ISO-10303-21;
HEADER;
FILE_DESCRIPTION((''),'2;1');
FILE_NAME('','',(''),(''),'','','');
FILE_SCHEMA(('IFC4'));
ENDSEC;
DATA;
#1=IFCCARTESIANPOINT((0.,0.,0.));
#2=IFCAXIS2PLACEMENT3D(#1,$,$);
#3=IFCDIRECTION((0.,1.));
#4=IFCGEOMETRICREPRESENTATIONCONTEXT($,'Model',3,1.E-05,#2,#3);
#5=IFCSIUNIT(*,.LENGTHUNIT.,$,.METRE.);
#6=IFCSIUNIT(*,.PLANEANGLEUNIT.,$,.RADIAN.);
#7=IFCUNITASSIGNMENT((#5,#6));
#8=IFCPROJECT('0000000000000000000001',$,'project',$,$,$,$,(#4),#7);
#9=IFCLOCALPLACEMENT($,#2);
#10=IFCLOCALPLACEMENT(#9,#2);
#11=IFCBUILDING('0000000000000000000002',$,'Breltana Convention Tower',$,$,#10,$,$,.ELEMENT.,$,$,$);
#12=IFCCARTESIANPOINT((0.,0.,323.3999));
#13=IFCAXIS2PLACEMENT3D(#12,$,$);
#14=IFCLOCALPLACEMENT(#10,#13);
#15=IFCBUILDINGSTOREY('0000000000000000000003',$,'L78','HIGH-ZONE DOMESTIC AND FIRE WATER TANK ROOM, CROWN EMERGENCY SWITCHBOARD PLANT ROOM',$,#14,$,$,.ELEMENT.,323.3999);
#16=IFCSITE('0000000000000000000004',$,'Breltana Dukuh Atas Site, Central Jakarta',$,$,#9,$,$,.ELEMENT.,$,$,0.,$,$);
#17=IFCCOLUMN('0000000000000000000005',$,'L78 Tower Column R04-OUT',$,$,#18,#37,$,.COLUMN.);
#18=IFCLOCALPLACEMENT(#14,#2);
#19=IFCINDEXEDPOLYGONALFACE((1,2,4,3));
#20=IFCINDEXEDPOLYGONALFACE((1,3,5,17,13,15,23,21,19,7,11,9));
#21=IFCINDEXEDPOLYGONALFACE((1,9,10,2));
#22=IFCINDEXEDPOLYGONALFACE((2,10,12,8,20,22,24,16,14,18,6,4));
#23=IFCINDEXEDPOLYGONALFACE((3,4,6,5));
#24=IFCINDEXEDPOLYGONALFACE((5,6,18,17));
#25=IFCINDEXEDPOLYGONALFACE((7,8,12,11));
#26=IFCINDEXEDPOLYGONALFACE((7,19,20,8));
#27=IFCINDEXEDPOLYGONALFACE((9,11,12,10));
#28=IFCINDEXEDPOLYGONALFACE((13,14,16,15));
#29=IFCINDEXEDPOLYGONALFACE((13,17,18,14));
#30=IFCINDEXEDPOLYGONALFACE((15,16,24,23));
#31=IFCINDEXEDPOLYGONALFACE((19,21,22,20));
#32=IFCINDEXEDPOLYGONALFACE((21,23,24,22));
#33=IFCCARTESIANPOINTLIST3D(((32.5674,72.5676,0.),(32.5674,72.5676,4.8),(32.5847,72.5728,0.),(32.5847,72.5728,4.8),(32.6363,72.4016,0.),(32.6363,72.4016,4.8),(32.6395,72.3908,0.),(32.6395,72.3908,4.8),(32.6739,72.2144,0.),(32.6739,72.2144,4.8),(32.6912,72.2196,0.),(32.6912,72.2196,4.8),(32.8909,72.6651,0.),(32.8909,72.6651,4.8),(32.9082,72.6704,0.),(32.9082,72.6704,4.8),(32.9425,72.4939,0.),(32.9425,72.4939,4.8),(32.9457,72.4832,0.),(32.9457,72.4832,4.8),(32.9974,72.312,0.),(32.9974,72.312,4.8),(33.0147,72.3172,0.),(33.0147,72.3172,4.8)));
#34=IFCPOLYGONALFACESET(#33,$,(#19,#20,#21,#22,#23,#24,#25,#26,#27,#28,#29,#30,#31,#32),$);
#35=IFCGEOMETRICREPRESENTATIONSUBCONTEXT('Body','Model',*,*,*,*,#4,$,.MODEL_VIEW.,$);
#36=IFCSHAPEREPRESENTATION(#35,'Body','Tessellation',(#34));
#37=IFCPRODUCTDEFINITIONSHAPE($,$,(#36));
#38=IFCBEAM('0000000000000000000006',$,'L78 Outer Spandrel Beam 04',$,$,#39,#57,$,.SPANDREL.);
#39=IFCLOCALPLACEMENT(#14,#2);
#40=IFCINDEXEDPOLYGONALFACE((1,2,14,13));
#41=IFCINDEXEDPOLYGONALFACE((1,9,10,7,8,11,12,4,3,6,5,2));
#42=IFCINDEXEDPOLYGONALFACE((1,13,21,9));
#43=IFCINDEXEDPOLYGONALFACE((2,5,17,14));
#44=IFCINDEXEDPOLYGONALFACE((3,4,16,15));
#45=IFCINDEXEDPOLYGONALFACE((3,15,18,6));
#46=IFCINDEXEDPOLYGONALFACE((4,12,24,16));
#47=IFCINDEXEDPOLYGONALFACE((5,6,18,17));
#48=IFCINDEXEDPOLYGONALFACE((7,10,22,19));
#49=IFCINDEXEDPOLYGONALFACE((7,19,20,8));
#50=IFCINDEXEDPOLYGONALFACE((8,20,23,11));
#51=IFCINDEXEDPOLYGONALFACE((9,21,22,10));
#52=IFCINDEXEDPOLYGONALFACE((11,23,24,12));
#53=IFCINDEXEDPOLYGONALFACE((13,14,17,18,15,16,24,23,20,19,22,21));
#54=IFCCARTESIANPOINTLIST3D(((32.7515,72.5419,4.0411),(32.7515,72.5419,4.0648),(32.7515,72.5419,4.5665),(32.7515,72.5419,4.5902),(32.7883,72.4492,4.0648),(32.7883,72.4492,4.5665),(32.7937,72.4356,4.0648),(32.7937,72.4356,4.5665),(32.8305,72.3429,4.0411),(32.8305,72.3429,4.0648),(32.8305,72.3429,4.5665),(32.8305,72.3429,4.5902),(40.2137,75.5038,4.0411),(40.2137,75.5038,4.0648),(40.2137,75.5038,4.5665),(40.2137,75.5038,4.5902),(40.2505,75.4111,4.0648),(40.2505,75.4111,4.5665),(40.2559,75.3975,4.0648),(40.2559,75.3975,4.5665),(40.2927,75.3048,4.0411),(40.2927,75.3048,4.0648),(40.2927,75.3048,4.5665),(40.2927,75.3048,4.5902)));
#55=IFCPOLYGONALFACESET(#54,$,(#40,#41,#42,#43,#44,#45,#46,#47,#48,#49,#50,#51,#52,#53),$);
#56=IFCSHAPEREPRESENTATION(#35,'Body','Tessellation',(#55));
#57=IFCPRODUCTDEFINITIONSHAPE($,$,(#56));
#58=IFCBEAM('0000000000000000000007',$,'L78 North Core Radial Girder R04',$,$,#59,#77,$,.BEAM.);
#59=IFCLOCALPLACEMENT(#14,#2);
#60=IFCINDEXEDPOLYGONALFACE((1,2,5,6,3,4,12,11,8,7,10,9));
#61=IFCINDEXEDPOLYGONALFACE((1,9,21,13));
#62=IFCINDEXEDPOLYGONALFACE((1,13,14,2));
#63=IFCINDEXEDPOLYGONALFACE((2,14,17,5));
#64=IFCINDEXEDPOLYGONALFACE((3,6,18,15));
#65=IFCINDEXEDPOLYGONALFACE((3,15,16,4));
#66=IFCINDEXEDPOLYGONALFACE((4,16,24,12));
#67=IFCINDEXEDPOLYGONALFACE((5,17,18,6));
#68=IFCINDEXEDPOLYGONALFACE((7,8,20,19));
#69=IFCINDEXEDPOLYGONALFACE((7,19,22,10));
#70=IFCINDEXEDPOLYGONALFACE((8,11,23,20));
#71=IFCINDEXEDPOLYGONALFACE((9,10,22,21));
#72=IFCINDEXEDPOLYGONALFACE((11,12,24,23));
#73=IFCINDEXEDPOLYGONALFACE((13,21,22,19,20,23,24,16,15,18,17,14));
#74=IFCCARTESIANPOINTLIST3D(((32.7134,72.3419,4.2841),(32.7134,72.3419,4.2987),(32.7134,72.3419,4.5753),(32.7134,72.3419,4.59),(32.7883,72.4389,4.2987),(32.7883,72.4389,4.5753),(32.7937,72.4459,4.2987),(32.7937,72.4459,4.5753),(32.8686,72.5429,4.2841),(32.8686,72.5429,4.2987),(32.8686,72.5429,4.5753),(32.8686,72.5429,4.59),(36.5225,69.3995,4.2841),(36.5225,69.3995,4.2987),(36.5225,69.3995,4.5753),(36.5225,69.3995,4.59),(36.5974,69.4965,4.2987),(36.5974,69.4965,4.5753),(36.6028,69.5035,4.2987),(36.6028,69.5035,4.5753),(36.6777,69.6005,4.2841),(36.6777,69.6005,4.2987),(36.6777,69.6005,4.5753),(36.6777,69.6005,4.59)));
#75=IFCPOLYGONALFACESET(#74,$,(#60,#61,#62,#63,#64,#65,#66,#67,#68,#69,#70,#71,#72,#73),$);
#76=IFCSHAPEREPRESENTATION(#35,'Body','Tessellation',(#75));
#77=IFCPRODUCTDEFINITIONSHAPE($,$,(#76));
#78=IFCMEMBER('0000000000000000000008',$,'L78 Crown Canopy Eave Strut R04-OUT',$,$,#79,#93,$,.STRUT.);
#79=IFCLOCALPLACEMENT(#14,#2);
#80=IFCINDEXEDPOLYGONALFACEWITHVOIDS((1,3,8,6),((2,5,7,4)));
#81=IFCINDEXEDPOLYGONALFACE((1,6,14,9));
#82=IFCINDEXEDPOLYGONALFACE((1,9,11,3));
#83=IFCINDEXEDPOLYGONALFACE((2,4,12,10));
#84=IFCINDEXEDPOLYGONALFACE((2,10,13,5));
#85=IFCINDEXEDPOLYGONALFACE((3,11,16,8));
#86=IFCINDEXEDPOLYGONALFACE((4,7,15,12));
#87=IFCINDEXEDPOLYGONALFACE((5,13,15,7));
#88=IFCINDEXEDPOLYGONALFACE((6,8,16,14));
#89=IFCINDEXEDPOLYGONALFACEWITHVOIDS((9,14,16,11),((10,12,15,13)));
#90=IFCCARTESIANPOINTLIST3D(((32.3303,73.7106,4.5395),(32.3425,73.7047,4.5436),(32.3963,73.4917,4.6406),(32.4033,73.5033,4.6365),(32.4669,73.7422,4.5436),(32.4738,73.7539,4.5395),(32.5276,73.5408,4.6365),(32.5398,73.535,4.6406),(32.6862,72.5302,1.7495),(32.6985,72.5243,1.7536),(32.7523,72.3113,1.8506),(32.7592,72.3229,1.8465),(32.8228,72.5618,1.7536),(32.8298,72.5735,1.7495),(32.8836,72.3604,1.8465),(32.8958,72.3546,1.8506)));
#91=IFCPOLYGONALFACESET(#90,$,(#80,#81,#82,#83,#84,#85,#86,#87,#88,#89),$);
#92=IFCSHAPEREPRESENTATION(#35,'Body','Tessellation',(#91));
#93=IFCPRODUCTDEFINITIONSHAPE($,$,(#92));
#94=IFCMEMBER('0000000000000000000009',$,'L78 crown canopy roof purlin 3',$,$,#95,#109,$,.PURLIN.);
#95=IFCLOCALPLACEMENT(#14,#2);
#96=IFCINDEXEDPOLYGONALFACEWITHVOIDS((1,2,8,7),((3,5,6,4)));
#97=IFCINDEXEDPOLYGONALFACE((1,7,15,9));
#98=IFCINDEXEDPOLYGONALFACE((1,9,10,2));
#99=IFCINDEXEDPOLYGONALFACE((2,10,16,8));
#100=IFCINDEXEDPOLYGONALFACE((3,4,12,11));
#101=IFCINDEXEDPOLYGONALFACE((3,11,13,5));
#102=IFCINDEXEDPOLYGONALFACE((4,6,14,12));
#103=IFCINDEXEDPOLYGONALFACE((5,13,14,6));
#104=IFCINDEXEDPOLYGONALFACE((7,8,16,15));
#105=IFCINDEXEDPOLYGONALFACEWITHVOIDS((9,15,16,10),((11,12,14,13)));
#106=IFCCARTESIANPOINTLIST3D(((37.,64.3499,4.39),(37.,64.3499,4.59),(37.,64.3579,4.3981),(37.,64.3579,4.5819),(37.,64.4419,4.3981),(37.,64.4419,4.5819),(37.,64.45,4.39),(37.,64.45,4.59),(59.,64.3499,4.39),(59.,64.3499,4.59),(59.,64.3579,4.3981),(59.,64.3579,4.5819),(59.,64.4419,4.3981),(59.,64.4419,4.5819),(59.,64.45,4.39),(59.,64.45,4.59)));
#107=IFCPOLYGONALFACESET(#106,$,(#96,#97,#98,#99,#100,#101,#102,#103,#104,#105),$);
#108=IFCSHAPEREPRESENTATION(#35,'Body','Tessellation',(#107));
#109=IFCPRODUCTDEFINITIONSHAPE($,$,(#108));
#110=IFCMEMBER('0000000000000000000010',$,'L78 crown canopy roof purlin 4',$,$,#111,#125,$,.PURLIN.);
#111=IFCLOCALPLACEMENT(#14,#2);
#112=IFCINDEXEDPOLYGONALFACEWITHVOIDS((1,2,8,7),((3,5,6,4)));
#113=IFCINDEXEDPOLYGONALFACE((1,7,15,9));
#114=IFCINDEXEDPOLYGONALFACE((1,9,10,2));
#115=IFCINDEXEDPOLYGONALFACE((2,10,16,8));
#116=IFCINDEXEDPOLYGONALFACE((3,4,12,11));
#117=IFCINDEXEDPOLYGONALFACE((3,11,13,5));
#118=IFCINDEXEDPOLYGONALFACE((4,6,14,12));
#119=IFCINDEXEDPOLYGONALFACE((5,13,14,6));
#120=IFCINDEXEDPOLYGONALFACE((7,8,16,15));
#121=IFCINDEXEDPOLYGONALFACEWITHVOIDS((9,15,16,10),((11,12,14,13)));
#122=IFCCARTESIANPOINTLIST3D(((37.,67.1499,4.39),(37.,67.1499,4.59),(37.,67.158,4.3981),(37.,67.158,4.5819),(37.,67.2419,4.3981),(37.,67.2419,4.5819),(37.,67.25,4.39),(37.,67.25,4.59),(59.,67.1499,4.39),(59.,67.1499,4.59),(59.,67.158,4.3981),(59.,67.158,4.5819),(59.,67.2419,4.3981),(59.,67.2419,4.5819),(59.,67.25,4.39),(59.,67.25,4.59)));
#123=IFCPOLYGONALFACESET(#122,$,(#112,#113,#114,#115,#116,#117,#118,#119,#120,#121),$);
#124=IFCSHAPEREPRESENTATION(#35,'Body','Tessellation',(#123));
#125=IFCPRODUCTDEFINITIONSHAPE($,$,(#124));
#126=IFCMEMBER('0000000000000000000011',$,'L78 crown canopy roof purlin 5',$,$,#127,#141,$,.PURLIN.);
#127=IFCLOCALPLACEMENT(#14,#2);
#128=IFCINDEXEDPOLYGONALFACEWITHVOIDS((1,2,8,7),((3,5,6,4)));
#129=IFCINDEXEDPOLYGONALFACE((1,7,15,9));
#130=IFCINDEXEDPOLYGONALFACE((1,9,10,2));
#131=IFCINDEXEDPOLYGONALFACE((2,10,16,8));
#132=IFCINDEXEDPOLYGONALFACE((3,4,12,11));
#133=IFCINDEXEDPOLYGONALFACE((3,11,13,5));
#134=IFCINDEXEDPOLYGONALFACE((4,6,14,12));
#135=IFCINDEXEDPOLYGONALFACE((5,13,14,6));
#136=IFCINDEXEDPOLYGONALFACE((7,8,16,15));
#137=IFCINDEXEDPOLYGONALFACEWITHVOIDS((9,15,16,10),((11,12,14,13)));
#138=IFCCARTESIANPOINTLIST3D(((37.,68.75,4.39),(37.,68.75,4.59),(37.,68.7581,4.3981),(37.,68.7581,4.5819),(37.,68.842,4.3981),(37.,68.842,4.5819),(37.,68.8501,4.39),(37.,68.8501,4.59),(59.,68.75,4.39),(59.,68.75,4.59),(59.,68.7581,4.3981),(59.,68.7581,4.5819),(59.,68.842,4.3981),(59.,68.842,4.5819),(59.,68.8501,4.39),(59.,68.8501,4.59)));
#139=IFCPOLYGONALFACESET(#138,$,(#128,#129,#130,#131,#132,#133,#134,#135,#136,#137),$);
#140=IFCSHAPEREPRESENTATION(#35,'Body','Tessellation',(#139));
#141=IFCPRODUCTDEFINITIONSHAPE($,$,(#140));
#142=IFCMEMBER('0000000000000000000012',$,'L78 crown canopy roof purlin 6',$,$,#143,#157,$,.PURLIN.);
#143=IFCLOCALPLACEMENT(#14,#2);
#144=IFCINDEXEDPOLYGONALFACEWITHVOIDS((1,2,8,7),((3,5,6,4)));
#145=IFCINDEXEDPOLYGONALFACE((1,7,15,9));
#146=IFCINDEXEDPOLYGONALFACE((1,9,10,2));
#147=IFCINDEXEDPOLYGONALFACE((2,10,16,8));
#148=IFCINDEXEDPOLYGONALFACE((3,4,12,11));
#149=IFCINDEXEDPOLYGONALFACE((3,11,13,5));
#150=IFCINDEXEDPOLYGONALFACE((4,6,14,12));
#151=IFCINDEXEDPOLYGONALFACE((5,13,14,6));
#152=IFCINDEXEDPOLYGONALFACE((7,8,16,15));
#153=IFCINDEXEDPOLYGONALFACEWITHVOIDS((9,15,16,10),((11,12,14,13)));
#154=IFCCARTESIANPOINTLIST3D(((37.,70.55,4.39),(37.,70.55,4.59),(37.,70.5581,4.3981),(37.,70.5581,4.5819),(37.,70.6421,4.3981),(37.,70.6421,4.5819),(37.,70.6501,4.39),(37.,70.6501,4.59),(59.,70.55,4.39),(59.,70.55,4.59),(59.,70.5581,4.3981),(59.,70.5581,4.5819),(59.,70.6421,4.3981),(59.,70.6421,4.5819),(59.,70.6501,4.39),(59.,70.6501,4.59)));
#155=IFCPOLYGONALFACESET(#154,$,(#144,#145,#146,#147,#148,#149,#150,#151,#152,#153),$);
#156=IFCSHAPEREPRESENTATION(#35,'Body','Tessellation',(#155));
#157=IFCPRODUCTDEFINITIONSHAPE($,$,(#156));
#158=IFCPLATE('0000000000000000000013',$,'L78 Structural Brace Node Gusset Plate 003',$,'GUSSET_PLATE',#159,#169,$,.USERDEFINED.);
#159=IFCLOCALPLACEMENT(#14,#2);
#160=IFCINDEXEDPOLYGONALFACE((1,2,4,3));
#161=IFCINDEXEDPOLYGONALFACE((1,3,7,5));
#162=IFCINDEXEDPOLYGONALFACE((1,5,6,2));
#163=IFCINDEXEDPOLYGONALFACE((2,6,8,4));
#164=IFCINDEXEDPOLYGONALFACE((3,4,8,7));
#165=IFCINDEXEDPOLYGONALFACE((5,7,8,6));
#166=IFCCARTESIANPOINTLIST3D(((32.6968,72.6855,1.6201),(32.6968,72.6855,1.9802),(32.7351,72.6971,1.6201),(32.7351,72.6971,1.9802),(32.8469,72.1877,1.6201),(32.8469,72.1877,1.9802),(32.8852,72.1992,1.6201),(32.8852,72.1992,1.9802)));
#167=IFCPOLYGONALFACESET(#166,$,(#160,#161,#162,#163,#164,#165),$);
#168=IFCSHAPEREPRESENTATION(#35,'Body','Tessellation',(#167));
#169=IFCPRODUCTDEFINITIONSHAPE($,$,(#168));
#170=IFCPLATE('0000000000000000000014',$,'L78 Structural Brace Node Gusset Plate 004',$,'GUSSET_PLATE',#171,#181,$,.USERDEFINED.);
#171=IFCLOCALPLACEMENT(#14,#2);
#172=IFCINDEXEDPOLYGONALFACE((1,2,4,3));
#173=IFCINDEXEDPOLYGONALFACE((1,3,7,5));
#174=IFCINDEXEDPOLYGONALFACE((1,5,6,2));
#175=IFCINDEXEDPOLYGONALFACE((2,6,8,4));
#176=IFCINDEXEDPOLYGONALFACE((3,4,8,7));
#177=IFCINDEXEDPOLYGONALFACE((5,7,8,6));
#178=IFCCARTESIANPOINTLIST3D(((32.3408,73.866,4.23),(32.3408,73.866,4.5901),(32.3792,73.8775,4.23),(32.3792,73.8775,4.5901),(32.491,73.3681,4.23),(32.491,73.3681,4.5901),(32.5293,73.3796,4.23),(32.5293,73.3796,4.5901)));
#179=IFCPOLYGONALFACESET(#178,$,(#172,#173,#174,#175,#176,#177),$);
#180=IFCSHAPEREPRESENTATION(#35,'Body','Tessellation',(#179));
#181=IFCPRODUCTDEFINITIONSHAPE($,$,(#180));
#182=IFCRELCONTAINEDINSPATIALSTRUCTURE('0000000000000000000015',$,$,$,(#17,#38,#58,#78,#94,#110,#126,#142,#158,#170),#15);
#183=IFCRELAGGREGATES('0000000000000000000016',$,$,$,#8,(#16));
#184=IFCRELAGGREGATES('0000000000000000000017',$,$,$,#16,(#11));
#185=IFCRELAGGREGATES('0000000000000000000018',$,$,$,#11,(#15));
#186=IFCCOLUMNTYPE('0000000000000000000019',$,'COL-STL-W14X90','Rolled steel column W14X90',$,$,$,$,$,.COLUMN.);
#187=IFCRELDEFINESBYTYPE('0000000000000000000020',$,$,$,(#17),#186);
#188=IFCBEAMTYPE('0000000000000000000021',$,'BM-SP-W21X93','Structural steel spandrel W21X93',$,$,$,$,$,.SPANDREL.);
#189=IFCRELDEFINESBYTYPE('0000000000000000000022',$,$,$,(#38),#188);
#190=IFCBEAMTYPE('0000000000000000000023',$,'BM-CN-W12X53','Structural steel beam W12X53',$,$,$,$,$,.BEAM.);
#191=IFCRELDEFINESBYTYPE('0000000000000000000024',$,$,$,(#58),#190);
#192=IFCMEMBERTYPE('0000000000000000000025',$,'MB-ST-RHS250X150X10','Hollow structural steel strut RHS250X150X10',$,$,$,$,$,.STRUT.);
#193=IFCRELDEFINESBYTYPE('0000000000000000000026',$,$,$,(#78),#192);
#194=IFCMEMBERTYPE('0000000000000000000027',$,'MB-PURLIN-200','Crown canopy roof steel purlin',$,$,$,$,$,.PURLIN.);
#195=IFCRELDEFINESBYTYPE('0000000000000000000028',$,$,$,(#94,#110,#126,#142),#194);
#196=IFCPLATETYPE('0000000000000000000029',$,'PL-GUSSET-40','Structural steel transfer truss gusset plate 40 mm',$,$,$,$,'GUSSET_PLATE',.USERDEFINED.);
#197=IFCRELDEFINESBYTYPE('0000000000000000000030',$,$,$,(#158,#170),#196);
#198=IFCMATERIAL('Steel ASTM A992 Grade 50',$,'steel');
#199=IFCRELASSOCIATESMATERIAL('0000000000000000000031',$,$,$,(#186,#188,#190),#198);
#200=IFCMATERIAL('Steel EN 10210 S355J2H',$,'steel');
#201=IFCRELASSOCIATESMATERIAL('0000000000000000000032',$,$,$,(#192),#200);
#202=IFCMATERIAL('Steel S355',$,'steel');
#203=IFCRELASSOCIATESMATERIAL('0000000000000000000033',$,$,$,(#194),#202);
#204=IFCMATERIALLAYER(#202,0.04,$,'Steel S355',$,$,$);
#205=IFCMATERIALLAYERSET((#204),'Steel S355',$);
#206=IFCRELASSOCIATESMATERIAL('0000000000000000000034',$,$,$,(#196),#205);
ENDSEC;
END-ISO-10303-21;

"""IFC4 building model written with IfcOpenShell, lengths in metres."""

from ifc_helpers import new_model, si_unit, direction, frame, origin, origin_2d, place, context, subcontext, project, spatial, rectangle, hollow_rectangle, i_section, extrude, source, transform, mapped, material, layer, layer_set, material_profile, profile_set, type_object, type_shapes, element, save


model = new_model("IFC4")

# Units and contexts
model_context = context("Model", 3, precision=1e-05, world=origin(), true_north=direction((0.0, 1.0)))
body_context = subcontext(model_context, "Body", "Model", "MODEL_VIEW")
ifc_project = project(units=[si_unit("LENGTHUNIT", "METRE"), si_unit("PLANEANGLEUNIT", "RADIAN")], contexts=[model_context])

# Site, building, storey
site_placement = place(None, origin())
site = spatial("IfcSite", under=ifc_project, at=site_placement, Name="Breltana Dukuh Atas Site, Central Jakarta", CompositionType="ELEMENT", RefElevation=0.0)
building_placement = place(site_placement, origin())
building = spatial("IfcBuilding", under=site, at=building_placement, Name="Breltana Convention Tower", CompositionType="ELEMENT")
storey_placement = place(building_placement, frame((0.0, 0.0, 323.3999)))
storey = spatial("IfcBuildingStorey", under=building, at=storey_placement, Name="L78", Description="HIGH-ZONE DOMESTIC AND FIRE WATER TANK ROOM, CROWN EMERGENCY SWITCHBOARD PLANT ROOM", CompositionType="ELEMENT", Elevation=323.3999)

# Column
ifc_material_1 = material(Name="Steel ASTM A992 Grade 50", Category="steel")
ifc_material_profile_1 = material_profile(ifc_material_1, i_section(OverallWidth=0.3689, OverallDepth=0.356, WebThickness=0.0112, FlangeThickness=0.0181, at=origin_2d()), Name="W14X90")
ifc_profile_set_1 = profile_set([ifc_material_profile_1], Name="Steel ASTM A992 Grade 50")
column_type = type_object("IfcColumnType", Name="COL-STL-W14X90", Description="Rolled steel column W14X90", PredefinedType="COLUMN", material=ifc_profile_set_1)
shared_shape_1 = source(origin(), body_context, "Body", "SweptSolid", [
    extrude(i_section(OverallWidth=0.3689, OverallDepth=0.356, WebThickness=0.0112, FlangeThickness=0.0181, at=origin_2d()), origin(), (0.0, 0.0, 1.0), 4.8),
])
type_shapes(column_type, [shared_shape_1])
column_placement = place(storey_placement, frame((32.791, 72.4424, 0.0), z_axis=(0.0, 0.0, 1.0), x_axis=(-0.288698, 0.95742, 0.0)))
element("IfcColumn", 1, at=column_placement, inside=storey, type_object=column_type, Name="L78 Tower Column R04-OUT", PredefinedType="COLUMN", context=body_context, shape_type="MappedRepresentation", body=[
    mapped(shared_shape_1, transform((0.0, 0.0, 0.0), scale=1.0)),
])

# Beams
ifc_material_profile_2 = material_profile(ifc_material_1, i_section(OverallWidth=0.2141, OverallDepth=0.5491, WebThickness=0.0146, FlangeThickness=0.0237, at=origin_2d()), Name="W21X93")
ifc_profile_set_2 = profile_set([ifc_material_profile_2], Name="Steel ASTM A992 Grade 50")
beam_type_1 = type_object("IfcBeamType", Name="BM-SP-W21X93", Description="Structural steel spandrel W21X93", PredefinedType="SPANDREL", material=ifc_profile_set_2)
shared_shape_2 = source(origin(), body_context, "Body", "SweptSolid", [
    extrude(i_section(OverallWidth=0.2141, OverallDepth=0.5491, WebThickness=0.0146, FlangeThickness=0.0237, at=origin_2d()), origin(), (0.0, 0.0, 1.0), 8.0286),
])
beam_1_placement = place(storey_placement, frame((32.791, 72.4424, 4.3157), z_axis=(0.929459, 0.368925, 0.0), x_axis=(-0.368925, 0.929459, 0.0)))
element("IfcBeam", 2, at=beam_1_placement, inside=storey, type_object=beam_type_1, Name="L78 Outer Spandrel Beam 04", PredefinedType="SPANDREL", context=body_context, shape_type="MappedRepresentation", body=[
    mapped(shared_shape_2, transform((0.0, 0.0, 0.0), scale=1.0)),
])
ifc_material_profile_3 = material_profile(ifc_material_1, i_section(OverallWidth=0.2539, OverallDepth=0.3059, WebThickness=0.0088, FlangeThickness=0.0146, at=origin_2d()), Name="W12X53")
ifc_profile_set_3 = profile_set([ifc_material_profile_3], Name="Steel ASTM A992 Grade 50")
beam_type_2 = type_object("IfcBeamType", Name="BM-CN-W12X53", Description="Structural steel beam W12X53", PredefinedType="BEAM", material=ifc_profile_set_3)
shared_shape_3 = source(origin(), body_context, "Body", "SweptSolid", [
    extrude(i_section(OverallWidth=0.2539, OverallDepth=0.3059, WebThickness=0.0088, FlangeThickness=0.0146, at=origin_2d()), origin(), (0.0, 0.0, 1.0), 4.8132),
])
beam_2_placement = place(storey_placement, frame((36.6001, 69.5, 4.437), z_axis=(-0.791385, 0.611318, 0.0), x_axis=(-0.611318, -0.791385, 0.0)))
element("IfcBeam", 3, at=beam_2_placement, inside=storey, type_object=beam_type_2, Name="L78 North Core Radial Girder R04", PredefinedType="BEAM", context=body_context, shape_type="MappedRepresentation", body=[
    mapped(shared_shape_3, transform((0.0, 0.0, 0.0), scale=1.0)),
])

# Members
ifc_material_2 = material(Name="Steel EN 10210 S355J2H", Category="steel")
ifc_material_profile_4 = material_profile(ifc_material_2, hollow_rectangle(XDim=0.1499, YDim=0.25, WallThickness=0.01, at=origin_2d()), Name="RHS250X150X10")
ifc_profile_set_4 = profile_set([ifc_material_profile_4], Name="Steel EN 10210 S355J2H")
member_type_1 = type_object("IfcMemberType", Name="MB-ST-RHS250X150X10", Description="Hollow structural steel strut RHS250X150X10", PredefinedType="STRUT", material=ifc_profile_set_4)
shared_shape_4 = source(origin(), body_context, "Body", "SweptSolid", [
    extrude(hollow_rectangle(XDim=0.1499, YDim=0.25, WallThickness=0.01, at=origin_2d()), origin(), (0.0, 0.0, 1.0), 3.0503),
])
type_shapes(member_type_1, [shared_shape_4])
member_placement = place(storey_placement, frame((32.791, 72.4424, 1.8), z_axis=(-0.116695, 0.386983, 0.914673), x_axis=(-0.957417, -0.28871, 0.0)))
element("IfcMember", 4, at=member_placement, inside=storey, type_object=member_type_1, Name="L78 Crown Canopy Eave Strut R04-OUT", PredefinedType="STRUT", context=body_context, shape_type="MappedRepresentation", body=[
    mapped(shared_shape_4, transform((0.0, 0.0, 0.0), scale=1.0)),
])
ifc_material_3 = material(Name="Steel S355", Category="steel")
ifc_material_profile_5 = material_profile(ifc_material_3, hollow_rectangle(XDim=0.1001, YDim=0.2, WallThickness=0.0081, at=origin_2d()), Name="RHS200X100X8")
ifc_profile_set_5 = profile_set([ifc_material_profile_5], Name="Steel S355")
member_type_2 = type_object("IfcMemberType", Name="MB-PURLIN-200", Description="Crown canopy roof steel purlin", PredefinedType="PURLIN", material=ifc_profile_set_5)
shared_shape_5 = source(origin(), body_context, "Body", "SweptSolid", [
    extrude(hollow_rectangle(XDim=0.1001, YDim=0.2, WallThickness=0.0081, at=origin_2d()), origin(), (0.0, 0.0, 1.0), 22.0),
])
type_shapes(member_type_2, [shared_shape_5])
for number, where, z_axis, x_axis, name in (
    (5, (37.0, 64.3999, 4.49), (1.0, 0.0, 0.0), (0.0, 1.0, 0.0), "L78 crown canopy roof purlin 3"),
    (6, (37.0, 67.2, 4.49), (1.0, 0.0, 0.0), (0.0, 1.0, 0.0), "L78 crown canopy roof purlin 4"),
    (7, (37.0, 68.8, 4.49), (1.0, 0.0, 0.0), (0.0, 1.0, 0.0), "L78 crown canopy roof purlin 5"),
    (8, (37.0, 70.6001, 4.49), (1.0, 0.0, 0.0), (0.0, 1.0, 0.0), "L78 crown canopy roof purlin 6"),
):
    element("IfcMember", number, at=place(storey_placement, frame(where, z_axis=z_axis, x_axis=x_axis)), inside=storey, type_object=member_type_2, Name=name, PredefinedType="PURLIN", context=body_context, shape_type="MappedRepresentation", body=[
        mapped(shared_shape_5, transform((0.0, 0.0, 0.0), scale=1.0)),
    ])

# Plates
ifc_layer_1 = layer(ifc_material_3, 0.04, Name="Steel S355")
ifc_layer_set_1 = layer_set([ifc_layer_1], Name="Steel S355")
plate_type = type_object("IfcPlateType", Name="PL-GUSSET-40", Description="Structural steel transfer truss gusset plate 40 mm", ElementType="GUSSET_PLATE", PredefinedType="USERDEFINED", material=ifc_layer_set_1)
shared_shape_6 = source(origin(), body_context, "Body", "SweptSolid", [
    extrude(rectangle(XDim=0.52, YDim=0.04, at=origin_2d()), origin(), (0.0, 0.0, 1.0), 0.3601),
])
for number, where, z_axis, x_axis, name in (
    (9, (32.791, 72.4424, 1.6201), (0.0, 0.0, 1.0), (-0.288698, 0.95742, 0.0), "L78 Structural Brace Node Gusset Plate 003"),
    (10, (32.4351, 73.6228, 4.23), (0.0, 0.0, 1.0), (-0.288698, 0.95742, 0.0), "L78 Structural Brace Node Gusset Plate 004"),
):
    element("IfcPlate", number, at=place(storey_placement, frame(where, z_axis=z_axis, x_axis=x_axis)), inside=storey, type_object=plate_type, Name=name, ObjectType="GUSSET_PLATE", PredefinedType="USERDEFINED", context=body_context, shape_type="MappedRepresentation", body=[
        mapped(shared_shape_6, transform((0.0, 0.0, 0.0), scale=1.0)),
    ])

save(model, "model.ifc")
